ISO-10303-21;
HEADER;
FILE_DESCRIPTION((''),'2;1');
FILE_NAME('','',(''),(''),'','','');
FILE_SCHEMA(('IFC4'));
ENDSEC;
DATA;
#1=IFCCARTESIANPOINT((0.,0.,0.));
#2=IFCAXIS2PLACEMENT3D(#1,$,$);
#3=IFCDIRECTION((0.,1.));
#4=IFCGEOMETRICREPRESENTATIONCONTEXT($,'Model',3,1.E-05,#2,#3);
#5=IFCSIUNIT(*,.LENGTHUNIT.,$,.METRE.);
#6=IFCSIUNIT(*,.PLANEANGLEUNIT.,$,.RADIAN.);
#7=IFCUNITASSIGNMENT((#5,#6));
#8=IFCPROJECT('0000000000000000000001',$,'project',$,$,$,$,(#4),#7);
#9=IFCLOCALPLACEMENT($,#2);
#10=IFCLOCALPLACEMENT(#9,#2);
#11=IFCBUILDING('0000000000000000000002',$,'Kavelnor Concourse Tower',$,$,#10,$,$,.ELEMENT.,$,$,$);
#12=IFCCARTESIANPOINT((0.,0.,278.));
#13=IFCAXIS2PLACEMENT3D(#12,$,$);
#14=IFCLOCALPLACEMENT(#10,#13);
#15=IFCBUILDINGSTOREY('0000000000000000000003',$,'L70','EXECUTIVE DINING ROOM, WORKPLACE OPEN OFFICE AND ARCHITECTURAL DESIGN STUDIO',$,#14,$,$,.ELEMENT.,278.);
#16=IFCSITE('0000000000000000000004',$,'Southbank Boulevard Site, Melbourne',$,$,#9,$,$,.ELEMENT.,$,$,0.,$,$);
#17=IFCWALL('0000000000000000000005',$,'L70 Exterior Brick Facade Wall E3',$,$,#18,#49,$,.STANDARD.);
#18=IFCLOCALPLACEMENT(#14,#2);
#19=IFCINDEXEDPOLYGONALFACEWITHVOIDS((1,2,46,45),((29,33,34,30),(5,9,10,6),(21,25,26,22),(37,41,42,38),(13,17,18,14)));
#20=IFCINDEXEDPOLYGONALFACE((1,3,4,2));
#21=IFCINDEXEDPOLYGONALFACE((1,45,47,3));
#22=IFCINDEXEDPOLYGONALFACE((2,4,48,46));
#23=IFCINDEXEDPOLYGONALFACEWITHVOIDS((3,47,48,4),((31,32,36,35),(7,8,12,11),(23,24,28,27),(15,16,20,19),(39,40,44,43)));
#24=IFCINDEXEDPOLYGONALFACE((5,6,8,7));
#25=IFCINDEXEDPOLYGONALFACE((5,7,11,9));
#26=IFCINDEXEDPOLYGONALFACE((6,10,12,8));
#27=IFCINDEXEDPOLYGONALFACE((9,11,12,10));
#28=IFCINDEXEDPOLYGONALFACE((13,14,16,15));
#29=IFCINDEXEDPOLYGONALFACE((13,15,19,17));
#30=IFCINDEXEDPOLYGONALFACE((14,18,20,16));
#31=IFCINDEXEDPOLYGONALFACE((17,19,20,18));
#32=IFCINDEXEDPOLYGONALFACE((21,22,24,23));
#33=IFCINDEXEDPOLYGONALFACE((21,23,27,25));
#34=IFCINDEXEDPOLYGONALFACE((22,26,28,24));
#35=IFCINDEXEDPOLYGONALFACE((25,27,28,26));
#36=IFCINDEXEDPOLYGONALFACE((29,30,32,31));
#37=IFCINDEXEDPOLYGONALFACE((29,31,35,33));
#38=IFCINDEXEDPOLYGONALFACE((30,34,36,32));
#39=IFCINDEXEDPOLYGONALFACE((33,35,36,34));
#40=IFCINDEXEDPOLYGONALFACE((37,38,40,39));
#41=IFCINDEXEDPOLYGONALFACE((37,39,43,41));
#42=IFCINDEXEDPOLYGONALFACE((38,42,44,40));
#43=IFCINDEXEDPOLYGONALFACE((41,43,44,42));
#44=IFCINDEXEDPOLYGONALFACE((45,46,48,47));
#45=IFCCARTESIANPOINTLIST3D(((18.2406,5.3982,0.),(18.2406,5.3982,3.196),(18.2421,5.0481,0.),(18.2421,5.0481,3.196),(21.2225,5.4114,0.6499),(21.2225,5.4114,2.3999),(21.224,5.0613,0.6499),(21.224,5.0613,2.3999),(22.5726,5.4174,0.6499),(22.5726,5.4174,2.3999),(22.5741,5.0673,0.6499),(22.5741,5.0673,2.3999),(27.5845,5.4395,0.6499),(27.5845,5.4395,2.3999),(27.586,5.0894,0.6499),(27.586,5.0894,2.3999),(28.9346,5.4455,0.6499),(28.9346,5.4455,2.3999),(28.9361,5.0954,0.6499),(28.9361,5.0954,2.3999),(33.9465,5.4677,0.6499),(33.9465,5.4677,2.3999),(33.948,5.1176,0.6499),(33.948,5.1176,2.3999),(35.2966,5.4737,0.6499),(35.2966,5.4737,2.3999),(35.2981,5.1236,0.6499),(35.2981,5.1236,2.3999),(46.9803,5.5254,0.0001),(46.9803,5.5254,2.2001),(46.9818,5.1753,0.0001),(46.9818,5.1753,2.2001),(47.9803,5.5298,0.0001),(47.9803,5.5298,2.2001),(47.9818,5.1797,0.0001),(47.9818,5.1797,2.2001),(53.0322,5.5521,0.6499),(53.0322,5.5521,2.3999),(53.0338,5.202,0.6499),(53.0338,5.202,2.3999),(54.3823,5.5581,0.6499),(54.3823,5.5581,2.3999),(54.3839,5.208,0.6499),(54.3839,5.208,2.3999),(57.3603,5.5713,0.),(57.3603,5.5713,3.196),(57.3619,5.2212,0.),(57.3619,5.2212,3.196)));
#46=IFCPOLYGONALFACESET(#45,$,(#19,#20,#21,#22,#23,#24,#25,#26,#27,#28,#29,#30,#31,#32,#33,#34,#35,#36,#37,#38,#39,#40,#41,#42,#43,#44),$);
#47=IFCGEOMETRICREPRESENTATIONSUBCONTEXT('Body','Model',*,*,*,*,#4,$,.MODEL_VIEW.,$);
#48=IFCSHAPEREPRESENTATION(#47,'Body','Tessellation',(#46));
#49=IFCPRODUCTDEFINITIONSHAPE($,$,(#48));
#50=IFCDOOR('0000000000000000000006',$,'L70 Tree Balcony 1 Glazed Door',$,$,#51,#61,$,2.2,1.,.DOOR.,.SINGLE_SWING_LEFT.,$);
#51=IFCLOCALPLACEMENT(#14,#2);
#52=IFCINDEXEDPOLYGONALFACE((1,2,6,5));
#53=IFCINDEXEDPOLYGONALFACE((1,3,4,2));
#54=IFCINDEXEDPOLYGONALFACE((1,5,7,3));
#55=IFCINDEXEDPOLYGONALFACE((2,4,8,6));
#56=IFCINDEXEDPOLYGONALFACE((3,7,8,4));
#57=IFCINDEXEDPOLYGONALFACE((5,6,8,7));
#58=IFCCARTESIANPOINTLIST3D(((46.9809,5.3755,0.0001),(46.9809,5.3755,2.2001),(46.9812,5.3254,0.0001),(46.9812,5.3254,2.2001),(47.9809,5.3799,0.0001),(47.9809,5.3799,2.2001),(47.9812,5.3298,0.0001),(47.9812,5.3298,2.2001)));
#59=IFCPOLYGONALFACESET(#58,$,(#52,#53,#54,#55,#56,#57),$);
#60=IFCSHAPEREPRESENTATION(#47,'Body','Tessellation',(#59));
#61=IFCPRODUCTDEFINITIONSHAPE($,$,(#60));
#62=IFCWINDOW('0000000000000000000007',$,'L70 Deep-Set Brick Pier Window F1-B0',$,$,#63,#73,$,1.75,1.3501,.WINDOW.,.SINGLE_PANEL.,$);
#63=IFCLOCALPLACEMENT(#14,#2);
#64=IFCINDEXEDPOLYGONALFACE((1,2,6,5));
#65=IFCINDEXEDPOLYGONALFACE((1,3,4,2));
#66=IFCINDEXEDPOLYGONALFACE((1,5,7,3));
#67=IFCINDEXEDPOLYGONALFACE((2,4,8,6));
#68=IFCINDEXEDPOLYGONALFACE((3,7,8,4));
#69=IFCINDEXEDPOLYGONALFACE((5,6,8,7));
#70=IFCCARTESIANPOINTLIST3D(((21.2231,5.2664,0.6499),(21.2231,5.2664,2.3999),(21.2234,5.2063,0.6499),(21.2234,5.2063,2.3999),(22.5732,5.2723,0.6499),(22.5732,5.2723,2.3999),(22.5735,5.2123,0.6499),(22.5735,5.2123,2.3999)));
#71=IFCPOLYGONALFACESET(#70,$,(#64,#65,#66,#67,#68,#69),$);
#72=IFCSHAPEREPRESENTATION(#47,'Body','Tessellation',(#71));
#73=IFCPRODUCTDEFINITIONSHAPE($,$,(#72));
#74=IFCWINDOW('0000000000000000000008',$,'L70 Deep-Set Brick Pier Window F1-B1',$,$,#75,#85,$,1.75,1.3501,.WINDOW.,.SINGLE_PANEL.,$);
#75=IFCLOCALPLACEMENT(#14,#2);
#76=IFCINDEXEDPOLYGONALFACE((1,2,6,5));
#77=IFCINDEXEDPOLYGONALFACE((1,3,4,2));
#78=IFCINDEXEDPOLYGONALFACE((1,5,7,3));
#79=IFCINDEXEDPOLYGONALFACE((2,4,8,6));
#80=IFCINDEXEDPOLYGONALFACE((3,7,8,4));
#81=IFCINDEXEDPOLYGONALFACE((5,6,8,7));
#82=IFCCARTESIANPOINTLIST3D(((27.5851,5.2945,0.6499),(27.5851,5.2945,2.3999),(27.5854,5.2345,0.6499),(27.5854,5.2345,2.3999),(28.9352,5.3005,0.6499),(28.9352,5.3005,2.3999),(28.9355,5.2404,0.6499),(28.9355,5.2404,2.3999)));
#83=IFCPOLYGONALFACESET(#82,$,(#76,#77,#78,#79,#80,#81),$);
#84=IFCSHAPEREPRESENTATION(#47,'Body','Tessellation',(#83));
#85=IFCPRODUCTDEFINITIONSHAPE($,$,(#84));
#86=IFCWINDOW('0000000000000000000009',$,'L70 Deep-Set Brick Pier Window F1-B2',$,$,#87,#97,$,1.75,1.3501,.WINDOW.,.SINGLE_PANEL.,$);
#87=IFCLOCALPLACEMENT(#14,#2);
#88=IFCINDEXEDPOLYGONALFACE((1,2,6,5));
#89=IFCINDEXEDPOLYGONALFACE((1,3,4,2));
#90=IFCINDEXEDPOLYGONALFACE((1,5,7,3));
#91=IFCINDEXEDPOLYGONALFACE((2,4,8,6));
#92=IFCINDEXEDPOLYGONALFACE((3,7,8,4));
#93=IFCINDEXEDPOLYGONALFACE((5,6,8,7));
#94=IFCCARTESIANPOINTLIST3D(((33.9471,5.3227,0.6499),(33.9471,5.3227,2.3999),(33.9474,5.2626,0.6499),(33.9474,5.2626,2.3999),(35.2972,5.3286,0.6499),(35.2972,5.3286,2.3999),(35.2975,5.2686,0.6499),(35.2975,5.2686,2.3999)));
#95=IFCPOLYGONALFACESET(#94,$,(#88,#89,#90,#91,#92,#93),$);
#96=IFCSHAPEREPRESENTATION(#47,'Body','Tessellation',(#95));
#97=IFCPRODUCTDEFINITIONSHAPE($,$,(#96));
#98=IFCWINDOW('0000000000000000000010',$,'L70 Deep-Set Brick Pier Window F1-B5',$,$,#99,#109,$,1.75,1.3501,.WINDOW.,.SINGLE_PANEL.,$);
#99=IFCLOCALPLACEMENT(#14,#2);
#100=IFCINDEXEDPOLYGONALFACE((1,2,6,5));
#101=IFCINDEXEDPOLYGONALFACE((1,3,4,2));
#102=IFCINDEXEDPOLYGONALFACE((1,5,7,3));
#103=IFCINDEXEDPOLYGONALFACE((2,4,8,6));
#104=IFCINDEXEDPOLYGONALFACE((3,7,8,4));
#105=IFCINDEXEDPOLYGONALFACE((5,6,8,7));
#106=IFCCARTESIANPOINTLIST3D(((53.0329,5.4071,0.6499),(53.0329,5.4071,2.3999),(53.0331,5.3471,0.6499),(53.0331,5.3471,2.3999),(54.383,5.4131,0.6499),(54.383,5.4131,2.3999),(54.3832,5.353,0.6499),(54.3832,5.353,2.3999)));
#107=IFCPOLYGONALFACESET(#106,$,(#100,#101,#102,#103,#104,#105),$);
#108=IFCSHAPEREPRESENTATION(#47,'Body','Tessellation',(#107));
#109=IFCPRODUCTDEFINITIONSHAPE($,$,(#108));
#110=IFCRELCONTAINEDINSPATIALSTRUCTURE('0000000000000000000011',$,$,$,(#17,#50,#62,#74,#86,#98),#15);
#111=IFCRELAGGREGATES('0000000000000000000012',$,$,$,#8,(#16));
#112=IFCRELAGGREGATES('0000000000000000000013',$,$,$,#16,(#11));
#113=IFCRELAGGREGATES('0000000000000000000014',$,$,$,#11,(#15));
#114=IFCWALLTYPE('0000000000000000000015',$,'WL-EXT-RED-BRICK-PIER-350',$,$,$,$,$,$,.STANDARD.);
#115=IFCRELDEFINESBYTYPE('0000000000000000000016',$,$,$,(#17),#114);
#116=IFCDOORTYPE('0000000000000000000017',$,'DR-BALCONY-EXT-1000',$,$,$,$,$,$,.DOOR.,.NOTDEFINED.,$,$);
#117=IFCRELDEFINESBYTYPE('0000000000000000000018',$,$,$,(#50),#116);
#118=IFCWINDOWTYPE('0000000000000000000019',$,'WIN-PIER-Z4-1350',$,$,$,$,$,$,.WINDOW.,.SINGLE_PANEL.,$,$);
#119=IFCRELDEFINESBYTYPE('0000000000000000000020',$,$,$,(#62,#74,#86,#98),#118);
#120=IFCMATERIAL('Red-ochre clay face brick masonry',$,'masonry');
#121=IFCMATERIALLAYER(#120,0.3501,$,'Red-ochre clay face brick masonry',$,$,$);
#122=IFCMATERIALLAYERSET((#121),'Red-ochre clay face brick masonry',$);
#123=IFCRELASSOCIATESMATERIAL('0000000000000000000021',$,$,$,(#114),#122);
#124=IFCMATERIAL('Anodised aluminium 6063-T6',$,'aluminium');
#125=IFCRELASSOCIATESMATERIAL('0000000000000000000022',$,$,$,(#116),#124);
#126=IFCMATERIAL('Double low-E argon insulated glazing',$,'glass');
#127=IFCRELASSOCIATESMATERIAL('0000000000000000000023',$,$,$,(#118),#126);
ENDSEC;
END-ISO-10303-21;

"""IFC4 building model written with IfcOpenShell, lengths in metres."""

from ifc_helpers import new_model, si_unit, direction, frame, frame_2d, origin, place, context, subcontext, project, spatial, rectangle, extrude, material, layer, layer_set, type_object, element, fill, save


model = new_model("IFC4")

# Units and contexts
model_context = context("Model", 3, precision=1e-05, world=origin(), true_north=direction((0.0, 1.0)))
body_context = subcontext(model_context, "Body", "Model", "MODEL_VIEW")
ifc_project = project(units=[si_unit("LENGTHUNIT", "METRE"), si_unit("PLANEANGLEUNIT", "RADIAN")], contexts=[model_context])

# Site, building, storey
site_placement = place(None, origin())
site = spatial("IfcSite", under=ifc_project, at=site_placement, Name="Southbank Boulevard Site, Melbourne", CompositionType="ELEMENT", RefElevation=0.0)
building_placement = place(site_placement, origin())
building = spatial("IfcBuilding", under=site, at=building_placement, Name="Kavelnor Concourse Tower", CompositionType="ELEMENT")
storey_placement = place(building_placement, frame((0.0, 0.0, 278.0)))
storey = spatial("IfcBuildingStorey", under=building, at=storey_placement, Name="L70", Description="EXECUTIVE DINING ROOM, WORKPLACE OPEN OFFICE AND ARCHITECTURAL DESIGN STUDIO", CompositionType="ELEMENT", Elevation=278.0)

# Shared definitions
ifc_material_1 = material(Name="Double low-E argon insulated glazing", Category="glass")

# Wall, openings, door, windows
ifc_material_2 = material(Name="Red-ochre clay face brick masonry", Category="masonry")
ifc_layer_1 = layer(ifc_material_2, 0.3501, Name="Red-ochre clay face brick masonry")
ifc_layer_set_1 = layer_set([ifc_layer_1], Name="Red-ochre clay face brick masonry")
wall_type_1 = type_object("IfcWallType", Name="WL-EXT-RED-BRICK-PIER-350", PredefinedType="STANDARD", material=ifc_layer_set_1)
wall_1_placement = place(storey_placement, frame((57.3611, 5.3962, 0.0), z_axis=(0.0, 0.0, 1.0), x_axis=(-0.99999, -0.004425, 0.0)))
wall_1 = element("IfcWall", 1, at=wall_1_placement, inside=storey, type_object=wall_type_1, Name="L70 Exterior Brick Facade Wall E3", PredefinedType="STANDARD", context=body_context, shape_type="SweptSolid", body=[
    extrude(rectangle(XDim=39.1201, YDim=0.3501, at=frame_2d((19.5601, 0.0))), origin(), (0.0, 0.0, 1.0), 3.196),
])
opening_1_placement = place(wall_1_placement, frame((9.3801, 0.0, 0.0)))
opening_1 = element("IfcOpeningElement", 2, at=opening_1_placement, cuts=wall_1, PredefinedType="OPENING", context=body_context, shape_type="SweptSolid", body=[
    extrude(rectangle(XDim=1.0, YDim=2.2, at=frame_2d((0.5, 1.1001))), frame((0.0, 0.1851, 0.0), z_axis=(0.0, -1.0, 0.0), x_axis=(1.0, 0.0, 0.0)), (0.0, 0.0, 1.0), 0.3701),
])
opening_2_placement = place(wall_1_placement, frame((34.7881, 0.0, 0.6499)))
opening_2 = element("IfcOpeningElement", 3, at=opening_2_placement, cuts=wall_1, PredefinedType="OPENING", context=body_context, shape_type="SweptSolid", body=[
    extrude(rectangle(XDim=1.3501, YDim=1.75, at=frame_2d((0.675, 0.875))), frame((0.0, 0.1851, 0.0), z_axis=(0.0, -1.0, 0.0), x_axis=(1.0, 0.0, 0.0)), (0.0, 0.0, 1.0), 0.3701),
])
opening_3_placement = place(wall_1_placement, frame((28.426, 0.0, 0.6499)))
opening_3 = element("IfcOpeningElement", 4, at=opening_3_placement, cuts=wall_1, PredefinedType="OPENING", context=body_context, shape_type="SweptSolid", body=[
    extrude(rectangle(XDim=1.3501, YDim=1.75, at=frame_2d((0.675, 0.875))), frame((0.0, 0.1851, 0.0), z_axis=(0.0, -1.0, 0.0), x_axis=(1.0, 0.0, 0.0)), (0.0, 0.0, 1.0), 0.3701),
])
opening_4_placement = place(wall_1_placement, frame((22.064, 0.0, 0.6499)))
opening_4 = element("IfcOpeningElement", 5, at=opening_4_placement, cuts=wall_1, PredefinedType="OPENING", context=body_context, shape_type="SweptSolid", body=[
    extrude(rectangle(XDim=1.3501, YDim=1.75, at=frame_2d((0.675, 0.875))), frame((0.0, 0.1851, 0.0), z_axis=(0.0, -1.0, 0.0), x_axis=(1.0, 0.0, 0.0)), (0.0, 0.0, 1.0), 0.3701),
])
opening_5_placement = place(wall_1_placement, frame((2.978, 0.0, 0.6499)))
opening_5 = element("IfcOpeningElement", 6, at=opening_5_placement, cuts=wall_1, PredefinedType="OPENING", context=body_context, shape_type="SweptSolid", body=[
    extrude(rectangle(XDim=1.3501, YDim=1.75, at=frame_2d((0.675, 0.875))), frame((0.0, 0.1851, 0.0), z_axis=(0.0, -1.0, 0.0), x_axis=(1.0, 0.0, 0.0)), (0.0, 0.0, 1.0), 0.3701),
])
ifc_material_3 = material(Name="Anodised aluminium 6063-T6", Category="aluminium")
door_type = type_object("IfcDoorType", Name="DR-BALCONY-EXT-1000", OperationType="NOTDEFINED", PredefinedType="DOOR", material=ifc_material_3)
door_placement = place(opening_1_placement, origin())
door = element("IfcDoor", 7, at=door_placement, inside=storey, type_object=door_type, Name="L70 Tree Balcony 1 Glazed Door", OperationType="SINGLE_SWING_LEFT", OverallHeight=2.2, OverallWidth=1.0, PredefinedType="DOOR", context=body_context, shape_type="SweptSolid", body=[
    extrude(rectangle(XDim=1.0, YDim=2.2, at=frame_2d((0.5, 1.1001))), frame((0.0, 0.0249, 0.0), z_axis=(0.0, -1.0, 0.0), x_axis=(1.0, 0.0, 0.0)), (0.0, 0.0, 1.0), 0.05),
])
fill(opening_1, door)
window_type_1 = type_object("IfcWindowType", Name="WIN-PIER-Z4-1350", PartitioningType="SINGLE_PANEL", PredefinedType="WINDOW", material=ifc_material_1)
window_1_placement = place(opening_2_placement, origin())
window_1 = element("IfcWindow", 8, at=window_1_placement, inside=storey, type_object=window_type_1, Name="L70 Deep-Set Brick Pier Window F1-B0", OverallHeight=1.75, OverallWidth=1.3501, PartitioningType="SINGLE_PANEL", PredefinedType="WINDOW", context=body_context, shape_type="SweptSolid", body=[
    extrude(rectangle(XDim=1.3501, YDim=1.75, at=frame_2d((0.675, 0.875))), frame((0.0, 0.03, 0.0), z_axis=(0.0, -1.0, 0.0), x_axis=(1.0, 0.0, 0.0)), (0.0, 0.0, 1.0), 0.0601),
])
fill(opening_2, window_1)
window_2_placement = place(opening_3_placement, origin())
window_2 = element("IfcWindow", 9, at=window_2_placement, inside=storey, type_object=window_type_1, Name="L70 Deep-Set Brick Pier Window F1-B1", OverallHeight=1.75, OverallWidth=1.3501, PartitioningType="SINGLE_PANEL", PredefinedType="WINDOW", context=body_context, shape_type="SweptSolid", body=[
    extrude(rectangle(XDim=1.3501, YDim=1.75, at=frame_2d((0.675, 0.875))), frame((0.0, 0.03, 0.0), z_axis=(0.0, -1.0, 0.0), x_axis=(1.0, 0.0, 0.0)), (0.0, 0.0, 1.0), 0.0601),
])
fill(opening_3, window_2)
window_3_placement = place(opening_4_placement, origin())
window_3 = element("IfcWindow", 10, at=window_3_placement, inside=storey, type_object=window_type_1, Name="L70 Deep-Set Brick Pier Window F1-B2", OverallHeight=1.75, OverallWidth=1.3501, PartitioningType="SINGLE_PANEL", PredefinedType="WINDOW", context=body_context, shape_type="SweptSolid", body=[
    extrude(rectangle(XDim=1.3501, YDim=1.75, at=frame_2d((0.675, 0.875))), frame((0.0, 0.03, 0.0), z_axis=(0.0, -1.0, 0.0), x_axis=(1.0, 0.0, 0.0)), (0.0, 0.0, 1.0), 0.0601),
])
fill(opening_4, window_3)
window_4_placement = place(opening_5_placement, origin())
window_4 = element("IfcWindow", 11, at=window_4_placement, inside=storey, type_object=window_type_1, Name="L70 Deep-Set Brick Pier Window F1-B5", OverallHeight=1.75, OverallWidth=1.3501, PartitioningType="SINGLE_PANEL", PredefinedType="WINDOW", context=body_context, shape_type="SweptSolid", body=[
    extrude(rectangle(XDim=1.3501, YDim=1.75, at=frame_2d((0.675, 0.875))), frame((0.0, 0.03, 0.0), z_axis=(0.0, -1.0, 0.0), x_axis=(1.0, 0.0, 0.0)), (0.0, 0.0, 1.0), 0.0601),
])
fill(opening_5, window_4)

save(model, "model.ifc")
